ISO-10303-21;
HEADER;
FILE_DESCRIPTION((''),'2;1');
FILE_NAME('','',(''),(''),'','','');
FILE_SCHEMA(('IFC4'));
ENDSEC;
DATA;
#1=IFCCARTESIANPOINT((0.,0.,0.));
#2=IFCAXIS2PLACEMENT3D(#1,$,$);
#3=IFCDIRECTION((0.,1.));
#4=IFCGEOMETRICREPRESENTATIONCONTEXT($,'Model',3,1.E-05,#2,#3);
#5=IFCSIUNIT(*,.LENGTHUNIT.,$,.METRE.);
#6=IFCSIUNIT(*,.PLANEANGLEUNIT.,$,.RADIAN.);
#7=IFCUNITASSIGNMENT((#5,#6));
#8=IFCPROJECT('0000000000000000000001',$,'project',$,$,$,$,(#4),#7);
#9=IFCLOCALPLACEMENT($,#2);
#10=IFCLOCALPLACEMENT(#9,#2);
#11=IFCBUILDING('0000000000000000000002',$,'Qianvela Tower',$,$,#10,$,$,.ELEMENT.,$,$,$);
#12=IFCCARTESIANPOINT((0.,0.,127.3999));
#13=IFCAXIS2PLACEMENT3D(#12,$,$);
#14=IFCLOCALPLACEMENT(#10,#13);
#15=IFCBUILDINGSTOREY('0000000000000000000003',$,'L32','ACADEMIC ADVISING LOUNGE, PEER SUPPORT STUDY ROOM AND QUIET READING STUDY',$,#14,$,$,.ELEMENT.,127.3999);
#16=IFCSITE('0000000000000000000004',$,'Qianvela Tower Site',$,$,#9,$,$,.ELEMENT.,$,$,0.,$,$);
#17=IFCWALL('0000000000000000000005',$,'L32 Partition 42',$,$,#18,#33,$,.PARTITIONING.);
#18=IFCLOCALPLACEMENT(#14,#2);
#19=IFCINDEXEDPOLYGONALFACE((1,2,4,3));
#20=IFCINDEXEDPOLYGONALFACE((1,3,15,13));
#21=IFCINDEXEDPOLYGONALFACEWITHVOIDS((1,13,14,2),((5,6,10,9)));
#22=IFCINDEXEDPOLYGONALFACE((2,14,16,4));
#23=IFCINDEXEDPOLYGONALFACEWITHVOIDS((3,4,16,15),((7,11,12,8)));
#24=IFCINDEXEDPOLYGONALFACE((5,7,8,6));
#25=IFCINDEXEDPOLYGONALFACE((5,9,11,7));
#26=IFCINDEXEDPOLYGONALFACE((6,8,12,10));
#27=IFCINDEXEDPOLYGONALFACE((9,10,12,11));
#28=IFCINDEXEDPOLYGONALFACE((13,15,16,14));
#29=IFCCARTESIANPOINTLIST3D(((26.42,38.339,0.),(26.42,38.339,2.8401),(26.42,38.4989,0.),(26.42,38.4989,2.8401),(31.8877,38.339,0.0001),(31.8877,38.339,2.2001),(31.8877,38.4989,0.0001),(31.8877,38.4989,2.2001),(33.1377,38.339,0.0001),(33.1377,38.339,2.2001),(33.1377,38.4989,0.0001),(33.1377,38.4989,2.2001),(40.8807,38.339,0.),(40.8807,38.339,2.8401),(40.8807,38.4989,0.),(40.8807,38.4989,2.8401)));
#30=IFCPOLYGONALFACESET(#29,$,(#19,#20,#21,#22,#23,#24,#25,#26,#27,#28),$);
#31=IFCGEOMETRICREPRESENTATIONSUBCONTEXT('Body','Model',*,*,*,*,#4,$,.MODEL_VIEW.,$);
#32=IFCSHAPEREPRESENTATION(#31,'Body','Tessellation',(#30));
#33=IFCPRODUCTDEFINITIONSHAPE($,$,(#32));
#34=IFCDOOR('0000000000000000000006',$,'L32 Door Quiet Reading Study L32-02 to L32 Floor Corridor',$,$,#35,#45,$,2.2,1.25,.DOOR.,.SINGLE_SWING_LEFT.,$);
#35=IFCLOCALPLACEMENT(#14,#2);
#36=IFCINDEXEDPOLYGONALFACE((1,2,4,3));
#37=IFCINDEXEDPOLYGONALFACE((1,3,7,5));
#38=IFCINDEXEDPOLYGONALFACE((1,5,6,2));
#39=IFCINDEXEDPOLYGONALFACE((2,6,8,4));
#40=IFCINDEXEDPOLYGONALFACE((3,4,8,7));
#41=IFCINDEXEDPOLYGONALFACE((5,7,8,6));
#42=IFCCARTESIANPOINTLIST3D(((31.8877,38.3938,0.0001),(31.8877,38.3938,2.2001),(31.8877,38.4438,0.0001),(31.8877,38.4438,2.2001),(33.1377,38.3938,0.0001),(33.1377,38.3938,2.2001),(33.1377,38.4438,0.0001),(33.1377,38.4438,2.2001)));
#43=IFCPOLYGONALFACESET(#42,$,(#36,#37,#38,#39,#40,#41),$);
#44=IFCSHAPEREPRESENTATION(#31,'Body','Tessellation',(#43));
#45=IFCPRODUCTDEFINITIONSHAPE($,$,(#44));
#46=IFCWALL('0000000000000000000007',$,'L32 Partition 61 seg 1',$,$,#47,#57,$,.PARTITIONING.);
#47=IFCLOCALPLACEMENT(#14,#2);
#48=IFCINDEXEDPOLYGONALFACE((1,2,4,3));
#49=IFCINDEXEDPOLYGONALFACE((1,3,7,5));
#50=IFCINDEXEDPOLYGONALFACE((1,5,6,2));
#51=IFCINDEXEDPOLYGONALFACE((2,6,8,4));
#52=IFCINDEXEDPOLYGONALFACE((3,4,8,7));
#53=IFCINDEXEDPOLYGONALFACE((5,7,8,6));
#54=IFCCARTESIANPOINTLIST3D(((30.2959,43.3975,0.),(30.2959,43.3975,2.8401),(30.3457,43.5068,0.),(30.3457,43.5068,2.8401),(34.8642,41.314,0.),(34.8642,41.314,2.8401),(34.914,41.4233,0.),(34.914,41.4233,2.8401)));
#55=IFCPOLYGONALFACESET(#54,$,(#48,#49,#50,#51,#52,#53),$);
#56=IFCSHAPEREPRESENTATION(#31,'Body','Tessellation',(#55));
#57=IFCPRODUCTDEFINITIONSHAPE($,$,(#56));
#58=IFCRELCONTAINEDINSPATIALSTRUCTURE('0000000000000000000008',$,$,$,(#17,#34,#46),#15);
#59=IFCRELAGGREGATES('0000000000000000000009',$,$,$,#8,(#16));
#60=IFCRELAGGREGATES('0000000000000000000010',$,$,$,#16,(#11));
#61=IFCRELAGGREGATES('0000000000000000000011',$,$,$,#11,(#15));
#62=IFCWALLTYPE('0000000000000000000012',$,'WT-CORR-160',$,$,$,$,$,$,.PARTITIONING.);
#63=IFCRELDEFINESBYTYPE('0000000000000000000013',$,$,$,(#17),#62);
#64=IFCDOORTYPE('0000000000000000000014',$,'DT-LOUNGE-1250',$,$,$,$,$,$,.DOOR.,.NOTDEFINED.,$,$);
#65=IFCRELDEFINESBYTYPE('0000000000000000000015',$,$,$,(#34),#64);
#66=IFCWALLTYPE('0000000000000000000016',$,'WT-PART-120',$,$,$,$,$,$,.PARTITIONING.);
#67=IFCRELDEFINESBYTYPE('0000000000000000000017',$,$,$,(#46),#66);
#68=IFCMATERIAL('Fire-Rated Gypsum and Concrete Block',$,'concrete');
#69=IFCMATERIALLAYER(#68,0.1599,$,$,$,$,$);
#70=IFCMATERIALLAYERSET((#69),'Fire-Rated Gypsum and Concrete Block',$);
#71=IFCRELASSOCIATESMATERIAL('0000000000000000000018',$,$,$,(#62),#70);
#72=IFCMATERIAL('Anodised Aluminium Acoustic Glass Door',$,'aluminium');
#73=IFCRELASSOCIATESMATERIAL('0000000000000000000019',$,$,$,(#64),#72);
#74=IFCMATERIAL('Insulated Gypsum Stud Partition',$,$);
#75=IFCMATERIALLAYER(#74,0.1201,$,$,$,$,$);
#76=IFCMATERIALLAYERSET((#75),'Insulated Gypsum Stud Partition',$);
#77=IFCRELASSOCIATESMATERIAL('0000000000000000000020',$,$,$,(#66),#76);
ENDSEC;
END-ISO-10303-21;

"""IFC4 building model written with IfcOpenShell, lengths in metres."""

from ifc_helpers import new_model, si_unit, direction, frame, frame_2d, origin, place, context, subcontext, project, spatial, rectangle, extrude, material, layer, layer_set, type_object, element, fill, save


model = new_model("IFC4")

# Units and contexts
model_context = context("Model", 3, precision=1e-05, world=origin(), true_north=direction((0.0, 1.0)))
body_context = subcontext(model_context, "Body", "Model", "MODEL_VIEW")
ifc_project = project(units=[si_unit("LENGTHUNIT", "METRE"), si_unit("PLANEANGLEUNIT", "RADIAN")], contexts=[model_context])

# Site, building, storey
site_placement = place(None, origin())
site = spatial("IfcSite", under=ifc_project, at=site_placement, Name="Qianvela Tower Site", CompositionType="ELEMENT", RefElevation=0.0)
building_placement = place(site_placement, origin())
building = spatial("IfcBuilding", under=site, at=building_placement, Name="Qianvela Tower", CompositionType="ELEMENT")
storey_placement = place(building_placement, frame((0.0, 0.0, 127.3999)))
storey = spatial("IfcBuildingStorey", under=building, at=storey_placement, Name="L32", Description="ACADEMIC ADVISING LOUNGE, PEER SUPPORT STUDY ROOM AND QUIET READING STUDY", CompositionType="ELEMENT", Elevation=127.3999)

# Shared definitions
ifc_material_1 = material(Name="Fire-Rated Gypsum and Concrete Block", Category="concrete")
ifc_layer_1 = layer(ifc_material_1, 0.1599)
ifc_layer_set_1 = layer_set([ifc_layer_1], Name="Fire-Rated Gypsum and Concrete Block")
wall_type_1 = type_object("IfcWallType", Name="WT-CORR-160", PredefinedType="PARTITIONING", material=ifc_layer_set_1)

# Wall, opening, door
wall_1_placement = place(storey_placement, frame((26.4199, 38.4189, 0.0), z_axis=(0.0, 0.0, 1.0), x_axis=(1.0, 0.0, 0.0)))
wall_1 = element("IfcWall", 1, at=wall_1_placement, inside=storey, type_object=wall_type_1, Name="L32 Partition 42", PredefinedType="PARTITIONING", context=body_context, shape_type="SweptSolid", body=[
    extrude(rectangle(XDim=14.4607, YDim=0.1599, at=frame_2d((7.2305, 0.0))), origin(), (0.0, 0.0, 1.0), 2.8401),
])
opening_1_placement = place(wall_1_placement, frame((5.4678, 0.0, 0.0)))
opening_1 = element("IfcOpeningElement", 2, at=opening_1_placement, cuts=wall_1, PredefinedType="OPENING", context=body_context, shape_type="SweptSolid", body=[
    extrude(rectangle(XDim=1.25, YDim=2.2, at=frame_2d((0.625, 1.1001))), frame((0.0, 0.0898, 0.0), z_axis=(0.0, -1.0, 0.0), x_axis=(1.0, 0.0, 0.0)), (0.0, 0.0, 1.0), 0.1799),
])
ifc_material_2 = material(Name="Anodised Aluminium Acoustic Glass Door", Category="aluminium")
door_type = type_object("IfcDoorType", Name="DT-LOUNGE-1250", OperationType="NOTDEFINED", PredefinedType="DOOR", material=ifc_material_2)
door_placement = place(opening_1_placement, origin())
door = element("IfcDoor", 3, at=door_placement, inside=storey, type_object=door_type, Name="L32 Door Quiet Reading Study L32-02 to L32 Floor Corridor", OperationType="SINGLE_SWING_LEFT", OverallHeight=2.2, OverallWidth=1.25, PredefinedType="DOOR", context=body_context, shape_type="SweptSolid", body=[
    extrude(rectangle(XDim=1.25, YDim=2.2, at=frame_2d((0.625, 1.1001))), frame((0.0, 0.0249, 0.0), z_axis=(0.0, -1.0, 0.0), x_axis=(1.0, 0.0, 0.0)), (0.0, 0.0, 1.0), 0.05),
])
fill(opening_1, door)

# Wall
ifc_material_3 = material(Name="Insulated Gypsum Stud Partition")
ifc_layer_2 = layer(ifc_material_3, 0.1201)
ifc_layer_set_2 = layer_set([ifc_layer_2], Name="Insulated Gypsum Stud Partition")
wall_type_2 = type_object("IfcWallType", Name="WT-PART-120", PredefinedType="PARTITIONING", material=ifc_layer_set_2)
wall_2_placement = place(storey_placement, frame((30.3208, 43.4521, 0.0), z_axis=(0.0, 0.0, 1.0), x_axis=(0.909843, -0.414953, 0.0)))
element("IfcWall", 4, at=wall_2_placement, inside=storey, type_object=wall_type_2, Name="L32 Partition 61 seg 1", PredefinedType="PARTITIONING", context=body_context, shape_type="SweptSolid", body=[
    extrude(rectangle(XDim=5.021, YDim=0.1201, at=frame_2d((2.5105, 0.0))), origin(), (0.0, 0.0, 1.0), 2.8401),
])

save(model, "model.ifc")
